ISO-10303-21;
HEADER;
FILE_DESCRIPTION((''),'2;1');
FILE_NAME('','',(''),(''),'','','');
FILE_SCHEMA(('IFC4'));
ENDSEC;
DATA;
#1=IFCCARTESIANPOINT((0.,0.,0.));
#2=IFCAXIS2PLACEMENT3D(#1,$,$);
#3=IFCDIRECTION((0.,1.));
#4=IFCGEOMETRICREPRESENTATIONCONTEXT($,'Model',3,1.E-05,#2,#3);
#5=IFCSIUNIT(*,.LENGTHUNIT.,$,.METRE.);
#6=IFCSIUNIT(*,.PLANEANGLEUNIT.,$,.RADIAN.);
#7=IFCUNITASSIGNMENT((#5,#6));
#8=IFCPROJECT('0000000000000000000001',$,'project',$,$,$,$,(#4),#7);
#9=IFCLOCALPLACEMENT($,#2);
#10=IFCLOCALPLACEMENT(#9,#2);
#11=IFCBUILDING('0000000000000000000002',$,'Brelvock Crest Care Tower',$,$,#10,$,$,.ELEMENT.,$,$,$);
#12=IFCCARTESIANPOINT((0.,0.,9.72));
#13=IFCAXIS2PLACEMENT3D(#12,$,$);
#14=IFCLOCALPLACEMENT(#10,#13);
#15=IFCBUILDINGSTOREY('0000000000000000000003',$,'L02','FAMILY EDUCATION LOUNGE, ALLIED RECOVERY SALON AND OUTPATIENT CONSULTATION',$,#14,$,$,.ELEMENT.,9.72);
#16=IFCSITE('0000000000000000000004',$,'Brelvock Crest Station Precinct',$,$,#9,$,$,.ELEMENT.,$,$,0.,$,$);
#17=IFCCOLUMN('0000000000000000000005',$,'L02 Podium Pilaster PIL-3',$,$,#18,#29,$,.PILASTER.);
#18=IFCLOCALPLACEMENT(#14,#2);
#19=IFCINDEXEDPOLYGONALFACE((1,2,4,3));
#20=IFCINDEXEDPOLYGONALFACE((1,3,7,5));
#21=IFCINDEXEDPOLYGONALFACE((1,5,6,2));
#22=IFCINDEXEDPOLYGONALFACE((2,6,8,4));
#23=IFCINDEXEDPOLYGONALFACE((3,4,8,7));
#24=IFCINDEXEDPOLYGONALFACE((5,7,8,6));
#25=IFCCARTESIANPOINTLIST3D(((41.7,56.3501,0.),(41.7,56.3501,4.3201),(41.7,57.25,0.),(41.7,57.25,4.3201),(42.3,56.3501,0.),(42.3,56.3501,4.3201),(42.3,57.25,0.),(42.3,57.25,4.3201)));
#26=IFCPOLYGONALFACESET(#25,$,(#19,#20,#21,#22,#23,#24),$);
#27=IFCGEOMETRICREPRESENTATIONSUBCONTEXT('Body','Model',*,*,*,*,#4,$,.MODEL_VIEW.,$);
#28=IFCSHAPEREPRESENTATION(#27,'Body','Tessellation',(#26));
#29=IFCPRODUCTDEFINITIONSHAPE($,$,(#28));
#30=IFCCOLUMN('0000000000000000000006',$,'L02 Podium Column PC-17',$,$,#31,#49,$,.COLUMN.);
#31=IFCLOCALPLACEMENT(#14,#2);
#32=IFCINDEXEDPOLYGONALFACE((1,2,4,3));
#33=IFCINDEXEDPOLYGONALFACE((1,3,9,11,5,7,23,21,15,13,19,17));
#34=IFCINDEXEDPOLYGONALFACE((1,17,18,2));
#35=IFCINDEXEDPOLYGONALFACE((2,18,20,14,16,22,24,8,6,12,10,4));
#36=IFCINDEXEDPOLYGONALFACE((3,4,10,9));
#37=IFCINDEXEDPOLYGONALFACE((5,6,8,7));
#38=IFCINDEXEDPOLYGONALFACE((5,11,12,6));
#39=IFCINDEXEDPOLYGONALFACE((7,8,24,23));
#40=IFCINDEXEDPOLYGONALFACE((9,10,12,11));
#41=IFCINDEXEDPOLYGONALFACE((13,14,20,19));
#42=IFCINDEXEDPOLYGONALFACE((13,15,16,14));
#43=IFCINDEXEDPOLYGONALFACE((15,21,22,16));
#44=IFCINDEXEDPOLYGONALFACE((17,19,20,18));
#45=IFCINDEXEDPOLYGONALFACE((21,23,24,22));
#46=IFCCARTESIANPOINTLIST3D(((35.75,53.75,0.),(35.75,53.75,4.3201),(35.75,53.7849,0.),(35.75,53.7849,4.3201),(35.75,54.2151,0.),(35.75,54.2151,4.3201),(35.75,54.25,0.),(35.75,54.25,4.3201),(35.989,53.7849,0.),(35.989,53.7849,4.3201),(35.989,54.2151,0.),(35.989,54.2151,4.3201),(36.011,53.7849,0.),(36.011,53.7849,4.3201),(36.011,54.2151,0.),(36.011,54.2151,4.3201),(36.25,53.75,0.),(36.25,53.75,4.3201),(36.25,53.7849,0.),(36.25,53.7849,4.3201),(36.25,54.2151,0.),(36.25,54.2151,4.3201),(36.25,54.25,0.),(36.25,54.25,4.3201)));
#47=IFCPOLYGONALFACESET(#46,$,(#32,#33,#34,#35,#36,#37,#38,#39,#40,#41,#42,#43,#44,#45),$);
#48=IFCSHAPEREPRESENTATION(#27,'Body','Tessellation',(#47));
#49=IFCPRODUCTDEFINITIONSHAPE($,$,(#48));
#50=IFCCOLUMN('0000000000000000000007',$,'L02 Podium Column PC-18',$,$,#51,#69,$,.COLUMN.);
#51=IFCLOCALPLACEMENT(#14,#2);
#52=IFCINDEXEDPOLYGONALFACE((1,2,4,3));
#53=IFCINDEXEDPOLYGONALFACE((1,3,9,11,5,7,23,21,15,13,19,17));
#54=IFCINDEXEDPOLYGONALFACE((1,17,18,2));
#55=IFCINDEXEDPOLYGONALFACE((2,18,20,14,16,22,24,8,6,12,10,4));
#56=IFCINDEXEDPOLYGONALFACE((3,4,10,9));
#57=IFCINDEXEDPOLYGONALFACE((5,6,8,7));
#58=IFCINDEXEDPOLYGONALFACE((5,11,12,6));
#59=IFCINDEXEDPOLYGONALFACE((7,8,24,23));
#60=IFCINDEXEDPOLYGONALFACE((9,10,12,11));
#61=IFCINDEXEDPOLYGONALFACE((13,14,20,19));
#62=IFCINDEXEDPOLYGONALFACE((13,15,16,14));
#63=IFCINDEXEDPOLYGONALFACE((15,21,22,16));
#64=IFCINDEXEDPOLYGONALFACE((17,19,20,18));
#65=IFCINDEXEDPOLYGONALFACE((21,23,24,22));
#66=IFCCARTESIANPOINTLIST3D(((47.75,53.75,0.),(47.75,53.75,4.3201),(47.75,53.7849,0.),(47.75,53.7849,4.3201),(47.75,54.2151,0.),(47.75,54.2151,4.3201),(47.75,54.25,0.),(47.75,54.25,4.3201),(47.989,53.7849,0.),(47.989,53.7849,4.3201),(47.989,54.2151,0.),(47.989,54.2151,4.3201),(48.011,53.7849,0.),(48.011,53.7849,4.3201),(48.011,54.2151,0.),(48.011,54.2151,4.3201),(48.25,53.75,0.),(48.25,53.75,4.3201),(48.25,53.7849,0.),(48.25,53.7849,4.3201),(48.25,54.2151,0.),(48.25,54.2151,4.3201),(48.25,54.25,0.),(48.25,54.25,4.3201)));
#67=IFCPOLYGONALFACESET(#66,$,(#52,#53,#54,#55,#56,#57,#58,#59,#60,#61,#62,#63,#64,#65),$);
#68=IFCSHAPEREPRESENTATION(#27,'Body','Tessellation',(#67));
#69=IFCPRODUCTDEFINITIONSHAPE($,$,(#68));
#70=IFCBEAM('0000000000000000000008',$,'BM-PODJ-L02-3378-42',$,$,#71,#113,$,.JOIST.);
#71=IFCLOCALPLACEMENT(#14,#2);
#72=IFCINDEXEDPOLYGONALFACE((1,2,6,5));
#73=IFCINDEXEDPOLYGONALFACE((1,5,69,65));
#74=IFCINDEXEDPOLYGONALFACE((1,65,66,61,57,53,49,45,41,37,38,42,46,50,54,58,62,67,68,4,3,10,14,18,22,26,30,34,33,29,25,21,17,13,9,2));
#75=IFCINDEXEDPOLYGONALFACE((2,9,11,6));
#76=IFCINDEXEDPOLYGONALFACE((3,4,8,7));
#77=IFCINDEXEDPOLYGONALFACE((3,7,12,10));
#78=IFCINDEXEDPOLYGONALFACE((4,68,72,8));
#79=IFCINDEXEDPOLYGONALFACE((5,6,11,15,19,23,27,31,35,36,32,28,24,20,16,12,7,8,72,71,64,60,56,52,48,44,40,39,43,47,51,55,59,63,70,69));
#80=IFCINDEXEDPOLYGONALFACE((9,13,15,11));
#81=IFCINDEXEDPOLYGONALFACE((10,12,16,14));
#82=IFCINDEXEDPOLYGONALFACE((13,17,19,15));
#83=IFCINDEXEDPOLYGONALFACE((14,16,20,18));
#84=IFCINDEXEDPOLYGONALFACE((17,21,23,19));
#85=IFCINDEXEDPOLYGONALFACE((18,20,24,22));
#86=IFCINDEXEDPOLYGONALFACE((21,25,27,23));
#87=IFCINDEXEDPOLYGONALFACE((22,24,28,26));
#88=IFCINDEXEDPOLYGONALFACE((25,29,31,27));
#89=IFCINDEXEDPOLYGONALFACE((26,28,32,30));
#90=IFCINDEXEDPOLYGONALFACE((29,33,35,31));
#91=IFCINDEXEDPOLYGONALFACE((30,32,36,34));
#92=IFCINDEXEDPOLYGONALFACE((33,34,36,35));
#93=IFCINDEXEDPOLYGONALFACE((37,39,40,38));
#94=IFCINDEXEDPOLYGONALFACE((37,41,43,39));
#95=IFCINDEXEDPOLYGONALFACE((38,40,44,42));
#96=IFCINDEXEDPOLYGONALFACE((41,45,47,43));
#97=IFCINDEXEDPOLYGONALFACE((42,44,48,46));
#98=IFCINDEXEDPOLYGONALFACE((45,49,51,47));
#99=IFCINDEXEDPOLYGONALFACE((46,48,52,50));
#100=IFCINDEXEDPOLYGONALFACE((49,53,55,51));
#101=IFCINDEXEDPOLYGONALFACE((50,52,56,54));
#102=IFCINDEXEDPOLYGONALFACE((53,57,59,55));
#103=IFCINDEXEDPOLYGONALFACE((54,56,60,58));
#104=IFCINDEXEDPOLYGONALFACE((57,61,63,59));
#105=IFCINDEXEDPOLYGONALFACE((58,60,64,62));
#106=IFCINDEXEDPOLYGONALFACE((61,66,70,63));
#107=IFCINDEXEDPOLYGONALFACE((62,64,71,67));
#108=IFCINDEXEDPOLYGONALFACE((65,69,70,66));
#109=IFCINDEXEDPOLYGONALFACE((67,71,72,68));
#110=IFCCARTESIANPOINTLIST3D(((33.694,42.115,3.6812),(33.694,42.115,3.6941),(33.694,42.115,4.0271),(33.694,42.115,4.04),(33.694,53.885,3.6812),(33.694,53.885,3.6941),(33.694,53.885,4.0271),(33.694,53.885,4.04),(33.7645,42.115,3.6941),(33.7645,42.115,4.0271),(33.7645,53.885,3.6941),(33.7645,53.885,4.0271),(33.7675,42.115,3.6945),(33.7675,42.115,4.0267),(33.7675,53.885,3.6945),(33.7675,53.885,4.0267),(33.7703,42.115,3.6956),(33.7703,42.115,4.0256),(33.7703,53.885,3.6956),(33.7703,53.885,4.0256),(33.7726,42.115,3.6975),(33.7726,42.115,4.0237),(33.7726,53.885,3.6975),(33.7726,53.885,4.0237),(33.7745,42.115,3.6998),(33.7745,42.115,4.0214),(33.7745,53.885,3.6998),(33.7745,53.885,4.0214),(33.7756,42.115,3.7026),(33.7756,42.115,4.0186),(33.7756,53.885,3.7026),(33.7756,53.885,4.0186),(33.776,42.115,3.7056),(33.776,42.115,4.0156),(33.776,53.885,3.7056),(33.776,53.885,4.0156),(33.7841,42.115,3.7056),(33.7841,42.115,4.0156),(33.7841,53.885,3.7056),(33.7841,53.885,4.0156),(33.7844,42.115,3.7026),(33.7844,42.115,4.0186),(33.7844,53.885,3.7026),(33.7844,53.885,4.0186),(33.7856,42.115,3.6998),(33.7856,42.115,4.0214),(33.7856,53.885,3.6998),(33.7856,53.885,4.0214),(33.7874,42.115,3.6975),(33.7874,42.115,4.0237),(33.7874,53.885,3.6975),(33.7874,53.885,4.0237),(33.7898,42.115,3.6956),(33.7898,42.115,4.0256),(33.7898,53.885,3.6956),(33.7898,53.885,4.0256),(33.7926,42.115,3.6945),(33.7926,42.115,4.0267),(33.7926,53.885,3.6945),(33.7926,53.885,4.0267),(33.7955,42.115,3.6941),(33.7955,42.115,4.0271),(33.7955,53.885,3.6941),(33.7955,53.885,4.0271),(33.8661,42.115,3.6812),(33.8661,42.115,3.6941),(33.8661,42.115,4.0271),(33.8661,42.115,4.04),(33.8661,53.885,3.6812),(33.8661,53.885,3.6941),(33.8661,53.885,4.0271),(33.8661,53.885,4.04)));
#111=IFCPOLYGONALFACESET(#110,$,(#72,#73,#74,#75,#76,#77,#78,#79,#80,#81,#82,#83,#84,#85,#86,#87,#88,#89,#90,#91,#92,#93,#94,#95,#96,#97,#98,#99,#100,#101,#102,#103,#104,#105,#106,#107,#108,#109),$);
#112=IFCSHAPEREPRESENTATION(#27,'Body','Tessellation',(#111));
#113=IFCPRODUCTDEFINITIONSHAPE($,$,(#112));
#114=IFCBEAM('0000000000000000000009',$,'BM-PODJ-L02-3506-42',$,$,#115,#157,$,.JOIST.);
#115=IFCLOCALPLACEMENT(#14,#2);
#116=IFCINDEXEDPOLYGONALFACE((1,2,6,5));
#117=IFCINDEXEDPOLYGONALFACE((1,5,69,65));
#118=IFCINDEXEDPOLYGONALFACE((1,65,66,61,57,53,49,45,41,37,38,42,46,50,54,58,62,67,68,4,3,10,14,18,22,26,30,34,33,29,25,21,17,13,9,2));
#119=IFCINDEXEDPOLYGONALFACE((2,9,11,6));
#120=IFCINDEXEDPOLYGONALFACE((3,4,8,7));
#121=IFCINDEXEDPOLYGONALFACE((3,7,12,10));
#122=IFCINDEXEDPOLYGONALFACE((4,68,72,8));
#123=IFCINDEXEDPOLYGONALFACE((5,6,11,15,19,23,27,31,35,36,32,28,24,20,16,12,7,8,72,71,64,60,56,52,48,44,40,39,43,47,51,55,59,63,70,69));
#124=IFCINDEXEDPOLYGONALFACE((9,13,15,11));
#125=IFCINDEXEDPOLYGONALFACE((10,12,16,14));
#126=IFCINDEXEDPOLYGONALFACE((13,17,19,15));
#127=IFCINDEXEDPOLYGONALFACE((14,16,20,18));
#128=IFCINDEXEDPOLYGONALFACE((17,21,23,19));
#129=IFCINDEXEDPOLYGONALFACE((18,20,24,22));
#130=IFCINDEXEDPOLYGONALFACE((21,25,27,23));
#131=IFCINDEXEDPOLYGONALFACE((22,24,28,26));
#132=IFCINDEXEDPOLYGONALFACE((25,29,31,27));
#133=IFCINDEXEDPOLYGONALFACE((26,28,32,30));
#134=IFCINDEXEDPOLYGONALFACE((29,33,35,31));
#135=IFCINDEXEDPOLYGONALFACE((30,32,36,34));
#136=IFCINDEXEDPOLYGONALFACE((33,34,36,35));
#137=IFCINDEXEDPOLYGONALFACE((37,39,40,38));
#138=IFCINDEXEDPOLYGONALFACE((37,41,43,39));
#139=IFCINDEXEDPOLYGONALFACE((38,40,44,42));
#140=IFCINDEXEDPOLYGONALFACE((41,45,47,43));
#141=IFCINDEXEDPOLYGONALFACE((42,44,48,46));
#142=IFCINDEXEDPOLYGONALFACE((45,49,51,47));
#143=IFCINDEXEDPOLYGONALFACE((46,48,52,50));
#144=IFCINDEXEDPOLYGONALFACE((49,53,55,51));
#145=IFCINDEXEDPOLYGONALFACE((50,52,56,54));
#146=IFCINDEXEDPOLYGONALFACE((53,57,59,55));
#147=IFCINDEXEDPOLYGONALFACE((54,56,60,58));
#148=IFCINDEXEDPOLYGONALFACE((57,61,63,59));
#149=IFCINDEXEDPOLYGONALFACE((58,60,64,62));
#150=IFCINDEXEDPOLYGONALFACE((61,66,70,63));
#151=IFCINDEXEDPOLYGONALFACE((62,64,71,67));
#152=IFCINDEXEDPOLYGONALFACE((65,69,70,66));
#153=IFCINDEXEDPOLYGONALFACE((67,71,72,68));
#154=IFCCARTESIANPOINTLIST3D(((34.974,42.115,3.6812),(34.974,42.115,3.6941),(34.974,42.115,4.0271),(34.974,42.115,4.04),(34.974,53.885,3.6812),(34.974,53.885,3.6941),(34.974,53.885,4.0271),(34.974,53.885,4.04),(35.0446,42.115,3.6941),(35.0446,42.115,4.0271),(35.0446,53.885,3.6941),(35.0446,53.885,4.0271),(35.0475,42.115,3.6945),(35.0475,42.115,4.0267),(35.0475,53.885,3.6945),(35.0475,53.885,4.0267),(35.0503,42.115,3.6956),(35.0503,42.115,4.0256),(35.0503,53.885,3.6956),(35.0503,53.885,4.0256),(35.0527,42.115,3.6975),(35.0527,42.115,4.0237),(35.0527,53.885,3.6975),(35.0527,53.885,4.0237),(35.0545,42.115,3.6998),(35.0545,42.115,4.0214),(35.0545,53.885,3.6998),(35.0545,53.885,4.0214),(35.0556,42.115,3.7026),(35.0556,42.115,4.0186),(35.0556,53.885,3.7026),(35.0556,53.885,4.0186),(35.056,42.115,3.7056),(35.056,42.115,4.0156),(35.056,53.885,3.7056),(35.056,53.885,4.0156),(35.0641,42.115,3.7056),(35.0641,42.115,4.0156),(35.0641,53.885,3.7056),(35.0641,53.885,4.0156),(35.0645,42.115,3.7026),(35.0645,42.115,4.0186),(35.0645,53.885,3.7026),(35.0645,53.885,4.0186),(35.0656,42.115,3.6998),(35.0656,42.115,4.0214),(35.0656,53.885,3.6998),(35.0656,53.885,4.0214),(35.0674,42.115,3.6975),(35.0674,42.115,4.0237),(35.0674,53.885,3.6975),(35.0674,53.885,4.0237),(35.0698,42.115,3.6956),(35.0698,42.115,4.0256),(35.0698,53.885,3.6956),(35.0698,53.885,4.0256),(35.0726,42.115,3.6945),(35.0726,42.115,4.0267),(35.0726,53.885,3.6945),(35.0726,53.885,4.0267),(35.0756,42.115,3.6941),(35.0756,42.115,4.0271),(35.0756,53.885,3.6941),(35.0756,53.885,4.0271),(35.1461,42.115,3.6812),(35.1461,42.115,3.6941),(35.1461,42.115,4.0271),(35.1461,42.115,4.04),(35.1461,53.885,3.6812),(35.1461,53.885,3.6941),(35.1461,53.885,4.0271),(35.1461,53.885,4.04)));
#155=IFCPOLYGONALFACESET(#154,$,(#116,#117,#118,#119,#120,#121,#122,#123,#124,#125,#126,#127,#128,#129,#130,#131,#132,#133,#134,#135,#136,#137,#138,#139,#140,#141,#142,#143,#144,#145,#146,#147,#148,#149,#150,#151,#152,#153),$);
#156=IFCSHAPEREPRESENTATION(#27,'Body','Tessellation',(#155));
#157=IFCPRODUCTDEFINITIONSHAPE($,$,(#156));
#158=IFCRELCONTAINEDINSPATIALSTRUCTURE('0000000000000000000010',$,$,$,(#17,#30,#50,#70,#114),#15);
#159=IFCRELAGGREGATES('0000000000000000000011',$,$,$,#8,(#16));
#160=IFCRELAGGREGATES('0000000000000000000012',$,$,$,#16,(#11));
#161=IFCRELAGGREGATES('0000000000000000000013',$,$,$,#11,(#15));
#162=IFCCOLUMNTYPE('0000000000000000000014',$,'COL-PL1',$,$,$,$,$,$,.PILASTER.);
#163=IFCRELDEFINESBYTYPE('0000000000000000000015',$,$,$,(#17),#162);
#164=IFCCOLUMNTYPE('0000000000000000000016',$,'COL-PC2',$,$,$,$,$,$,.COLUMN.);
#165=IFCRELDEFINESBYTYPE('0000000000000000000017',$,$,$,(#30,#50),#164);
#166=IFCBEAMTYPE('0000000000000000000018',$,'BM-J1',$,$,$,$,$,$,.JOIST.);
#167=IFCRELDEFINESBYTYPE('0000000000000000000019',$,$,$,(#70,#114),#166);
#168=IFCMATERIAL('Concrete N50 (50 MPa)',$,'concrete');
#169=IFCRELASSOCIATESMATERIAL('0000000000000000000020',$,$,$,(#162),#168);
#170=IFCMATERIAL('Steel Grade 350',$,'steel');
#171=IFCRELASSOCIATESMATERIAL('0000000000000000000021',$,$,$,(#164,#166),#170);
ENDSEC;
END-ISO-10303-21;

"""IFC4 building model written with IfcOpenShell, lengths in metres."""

from ifc_helpers import new_model, si_unit, direction, frame, origin, origin_2d, place, context, subcontext, project, spatial, rectangle, i_section, extrude, source, transform, mapped, material, material_profile, profile_set, type_object, element, save


model = new_model("IFC4")

# Units and contexts
model_context = context("Model", 3, precision=1e-05, world=origin(), true_north=direction((0.0, 1.0)))
body_context = subcontext(model_context, "Body", "Model", "MODEL_VIEW")
ifc_project = project(units=[si_unit("LENGTHUNIT", "METRE"), si_unit("PLANEANGLEUNIT", "RADIAN")], contexts=[model_context])

# Site, building, storey
site_placement = place(None, origin())
site = spatial("IfcSite", under=ifc_project, at=site_placement, Name="Brelvock Crest Station Precinct", CompositionType="ELEMENT", RefElevation=0.0)
building_placement = place(site_placement, origin())
building = spatial("IfcBuilding", under=site, at=building_placement, Name="Brelvock Crest Care Tower", CompositionType="ELEMENT")
storey_placement = place(building_placement, frame((0.0, 0.0, 9.72)))
storey = spatial("IfcBuildingStorey", under=building, at=storey_placement, Name="L02", Description="FAMILY EDUCATION LOUNGE, ALLIED RECOVERY SALON AND OUTPATIENT CONSULTATION", CompositionType="ELEMENT", Elevation=9.72)

# Columns
ifc_material_1 = material(Name="Concrete N50 (50 MPa)", Category="concrete")
ifc_material_profile_1 = material_profile(ifc_material_1, rectangle(XDim=0.6001, YDim=0.8999, at=origin_2d()), Name="RC600x900")
ifc_profile_set_1 = profile_set([ifc_material_profile_1], Name="Concrete N50 (50 MPa)")
column_type_1 = type_object("IfcColumnType", Name="COL-PL1", PredefinedType="PILASTER", material=ifc_profile_set_1)
shared_shape_1 = source(origin(), body_context, "Body", "SweptSolid", [
    extrude(rectangle(XDim=0.6001, YDim=0.8999, at=origin_2d()), origin(), (0.0, 0.0, 1.0), 4.3201),
])
column_placement = place(storey_placement, frame((42.0, 56.8, 0.0), z_axis=(0.0, 0.0, 1.0), x_axis=(1.0, 0.0, 0.0)))
element("IfcColumn", 1, at=column_placement, inside=storey, type_object=column_type_1, Name="L02 Podium Pilaster PIL-3", PredefinedType="PILASTER", context=body_context, shape_type="MappedRepresentation", body=[
    mapped(shared_shape_1, transform((0.0, 0.0, 0.0), x_axis=(1.0, 0.0, 0.0), y_axis=(0.0, 1.0, 0.0), z_axis=(0.0, 0.0, 1.0), scale=1.0)),
])
ifc_material_2 = material(Name="Steel Grade 350", Category="steel")
ifc_material_profile_2 = material_profile(ifc_material_2, i_section(OverallWidth=0.5, OverallDepth=0.5, WebThickness=0.022, FlangeThickness=0.0349, at=origin_2d()), Name="500WC340")
ifc_profile_set_2 = profile_set([ifc_material_profile_2], Name="Steel Grade 350")
column_type_2 = type_object("IfcColumnType", Name="COL-PC2", PredefinedType="COLUMN", material=ifc_profile_set_2)
shared_shape_2 = source(origin(), body_context, "Body", "SweptSolid", [
    extrude(i_section(OverallWidth=0.5, OverallDepth=0.5, WebThickness=0.022, FlangeThickness=0.0349, at=origin_2d()), origin(), (0.0, 0.0, 1.0), 4.3201),
])
for number, where, z_axis, x_axis, name in (
    (2, (36.0, 54.0, 0.0), (0.0, 0.0, 1.0), (1.0, 0.0, 0.0), "L02 Podium Column PC-17"),
    (3, (48.0, 54.0, 0.0), (0.0, 0.0, 1.0), (1.0, 0.0, 0.0), "L02 Podium Column PC-18"),
):
    element("IfcColumn", number, at=place(storey_placement, frame(where, z_axis=z_axis, x_axis=x_axis)), inside=storey, type_object=column_type_2, Name=name, PredefinedType="COLUMN", context=body_context, shape_type="MappedRepresentation", body=[
        mapped(shared_shape_2, transform((0.0, 0.0, 0.0), x_axis=(1.0, 0.0, 0.0), y_axis=(0.0, 1.0, 0.0), z_axis=(0.0, 0.0, 1.0), scale=1.0)),
    ])

# Beams
ifc_material_profile_3 = material_profile(ifc_material_2, i_section(OverallWidth=0.1721, OverallDepth=0.3589, WebThickness=0.0081, FlangeThickness=0.0129, FilletRadius=0.0115, at=origin_2d()), Name="360UB56.7")
ifc_profile_set_3 = profile_set([ifc_material_profile_3], Name="Steel Grade 350")
beam_type_1 = type_object("IfcBeamType", Name="BM-J1", PredefinedType="JOIST", material=ifc_profile_set_3)
shared_shape_3 = source(origin(), body_context, "Body", "SweptSolid", [
    extrude(i_section(OverallWidth=0.1721, OverallDepth=0.3589, WebThickness=0.0081, FlangeThickness=0.0129, FilletRadius=0.0115, at=origin_2d()), origin(), (0.0, 0.0, 1.0), 11.77),
])
for number, where, z_axis, x_axis, name in (
    (4, (33.78, 42.115, 3.8606), (0.0, 1.0, 0.0), (-1.0, 0.0, 0.0), "BM-PODJ-L02-3378-42"),
    (5, (35.0601, 42.115, 3.8606), (0.0, 1.0, 0.0), (-1.0, 0.0, 0.0), "BM-PODJ-L02-3506-42"),
):
    element("IfcBeam", number, at=place(storey_placement, frame(where, z_axis=z_axis, x_axis=x_axis)), inside=storey, type_object=beam_type_1, Name=name, PredefinedType="JOIST", context=body_context, shape_type="MappedRepresentation", body=[
        mapped(shared_shape_3, transform((0.0, 0.0, 0.0), x_axis=(1.0, 0.0, 0.0), y_axis=(0.0, 1.0, 0.0), z_axis=(0.0, 0.0, 1.0), scale=1.0)),
    ])

save(model, "model.ifc")
